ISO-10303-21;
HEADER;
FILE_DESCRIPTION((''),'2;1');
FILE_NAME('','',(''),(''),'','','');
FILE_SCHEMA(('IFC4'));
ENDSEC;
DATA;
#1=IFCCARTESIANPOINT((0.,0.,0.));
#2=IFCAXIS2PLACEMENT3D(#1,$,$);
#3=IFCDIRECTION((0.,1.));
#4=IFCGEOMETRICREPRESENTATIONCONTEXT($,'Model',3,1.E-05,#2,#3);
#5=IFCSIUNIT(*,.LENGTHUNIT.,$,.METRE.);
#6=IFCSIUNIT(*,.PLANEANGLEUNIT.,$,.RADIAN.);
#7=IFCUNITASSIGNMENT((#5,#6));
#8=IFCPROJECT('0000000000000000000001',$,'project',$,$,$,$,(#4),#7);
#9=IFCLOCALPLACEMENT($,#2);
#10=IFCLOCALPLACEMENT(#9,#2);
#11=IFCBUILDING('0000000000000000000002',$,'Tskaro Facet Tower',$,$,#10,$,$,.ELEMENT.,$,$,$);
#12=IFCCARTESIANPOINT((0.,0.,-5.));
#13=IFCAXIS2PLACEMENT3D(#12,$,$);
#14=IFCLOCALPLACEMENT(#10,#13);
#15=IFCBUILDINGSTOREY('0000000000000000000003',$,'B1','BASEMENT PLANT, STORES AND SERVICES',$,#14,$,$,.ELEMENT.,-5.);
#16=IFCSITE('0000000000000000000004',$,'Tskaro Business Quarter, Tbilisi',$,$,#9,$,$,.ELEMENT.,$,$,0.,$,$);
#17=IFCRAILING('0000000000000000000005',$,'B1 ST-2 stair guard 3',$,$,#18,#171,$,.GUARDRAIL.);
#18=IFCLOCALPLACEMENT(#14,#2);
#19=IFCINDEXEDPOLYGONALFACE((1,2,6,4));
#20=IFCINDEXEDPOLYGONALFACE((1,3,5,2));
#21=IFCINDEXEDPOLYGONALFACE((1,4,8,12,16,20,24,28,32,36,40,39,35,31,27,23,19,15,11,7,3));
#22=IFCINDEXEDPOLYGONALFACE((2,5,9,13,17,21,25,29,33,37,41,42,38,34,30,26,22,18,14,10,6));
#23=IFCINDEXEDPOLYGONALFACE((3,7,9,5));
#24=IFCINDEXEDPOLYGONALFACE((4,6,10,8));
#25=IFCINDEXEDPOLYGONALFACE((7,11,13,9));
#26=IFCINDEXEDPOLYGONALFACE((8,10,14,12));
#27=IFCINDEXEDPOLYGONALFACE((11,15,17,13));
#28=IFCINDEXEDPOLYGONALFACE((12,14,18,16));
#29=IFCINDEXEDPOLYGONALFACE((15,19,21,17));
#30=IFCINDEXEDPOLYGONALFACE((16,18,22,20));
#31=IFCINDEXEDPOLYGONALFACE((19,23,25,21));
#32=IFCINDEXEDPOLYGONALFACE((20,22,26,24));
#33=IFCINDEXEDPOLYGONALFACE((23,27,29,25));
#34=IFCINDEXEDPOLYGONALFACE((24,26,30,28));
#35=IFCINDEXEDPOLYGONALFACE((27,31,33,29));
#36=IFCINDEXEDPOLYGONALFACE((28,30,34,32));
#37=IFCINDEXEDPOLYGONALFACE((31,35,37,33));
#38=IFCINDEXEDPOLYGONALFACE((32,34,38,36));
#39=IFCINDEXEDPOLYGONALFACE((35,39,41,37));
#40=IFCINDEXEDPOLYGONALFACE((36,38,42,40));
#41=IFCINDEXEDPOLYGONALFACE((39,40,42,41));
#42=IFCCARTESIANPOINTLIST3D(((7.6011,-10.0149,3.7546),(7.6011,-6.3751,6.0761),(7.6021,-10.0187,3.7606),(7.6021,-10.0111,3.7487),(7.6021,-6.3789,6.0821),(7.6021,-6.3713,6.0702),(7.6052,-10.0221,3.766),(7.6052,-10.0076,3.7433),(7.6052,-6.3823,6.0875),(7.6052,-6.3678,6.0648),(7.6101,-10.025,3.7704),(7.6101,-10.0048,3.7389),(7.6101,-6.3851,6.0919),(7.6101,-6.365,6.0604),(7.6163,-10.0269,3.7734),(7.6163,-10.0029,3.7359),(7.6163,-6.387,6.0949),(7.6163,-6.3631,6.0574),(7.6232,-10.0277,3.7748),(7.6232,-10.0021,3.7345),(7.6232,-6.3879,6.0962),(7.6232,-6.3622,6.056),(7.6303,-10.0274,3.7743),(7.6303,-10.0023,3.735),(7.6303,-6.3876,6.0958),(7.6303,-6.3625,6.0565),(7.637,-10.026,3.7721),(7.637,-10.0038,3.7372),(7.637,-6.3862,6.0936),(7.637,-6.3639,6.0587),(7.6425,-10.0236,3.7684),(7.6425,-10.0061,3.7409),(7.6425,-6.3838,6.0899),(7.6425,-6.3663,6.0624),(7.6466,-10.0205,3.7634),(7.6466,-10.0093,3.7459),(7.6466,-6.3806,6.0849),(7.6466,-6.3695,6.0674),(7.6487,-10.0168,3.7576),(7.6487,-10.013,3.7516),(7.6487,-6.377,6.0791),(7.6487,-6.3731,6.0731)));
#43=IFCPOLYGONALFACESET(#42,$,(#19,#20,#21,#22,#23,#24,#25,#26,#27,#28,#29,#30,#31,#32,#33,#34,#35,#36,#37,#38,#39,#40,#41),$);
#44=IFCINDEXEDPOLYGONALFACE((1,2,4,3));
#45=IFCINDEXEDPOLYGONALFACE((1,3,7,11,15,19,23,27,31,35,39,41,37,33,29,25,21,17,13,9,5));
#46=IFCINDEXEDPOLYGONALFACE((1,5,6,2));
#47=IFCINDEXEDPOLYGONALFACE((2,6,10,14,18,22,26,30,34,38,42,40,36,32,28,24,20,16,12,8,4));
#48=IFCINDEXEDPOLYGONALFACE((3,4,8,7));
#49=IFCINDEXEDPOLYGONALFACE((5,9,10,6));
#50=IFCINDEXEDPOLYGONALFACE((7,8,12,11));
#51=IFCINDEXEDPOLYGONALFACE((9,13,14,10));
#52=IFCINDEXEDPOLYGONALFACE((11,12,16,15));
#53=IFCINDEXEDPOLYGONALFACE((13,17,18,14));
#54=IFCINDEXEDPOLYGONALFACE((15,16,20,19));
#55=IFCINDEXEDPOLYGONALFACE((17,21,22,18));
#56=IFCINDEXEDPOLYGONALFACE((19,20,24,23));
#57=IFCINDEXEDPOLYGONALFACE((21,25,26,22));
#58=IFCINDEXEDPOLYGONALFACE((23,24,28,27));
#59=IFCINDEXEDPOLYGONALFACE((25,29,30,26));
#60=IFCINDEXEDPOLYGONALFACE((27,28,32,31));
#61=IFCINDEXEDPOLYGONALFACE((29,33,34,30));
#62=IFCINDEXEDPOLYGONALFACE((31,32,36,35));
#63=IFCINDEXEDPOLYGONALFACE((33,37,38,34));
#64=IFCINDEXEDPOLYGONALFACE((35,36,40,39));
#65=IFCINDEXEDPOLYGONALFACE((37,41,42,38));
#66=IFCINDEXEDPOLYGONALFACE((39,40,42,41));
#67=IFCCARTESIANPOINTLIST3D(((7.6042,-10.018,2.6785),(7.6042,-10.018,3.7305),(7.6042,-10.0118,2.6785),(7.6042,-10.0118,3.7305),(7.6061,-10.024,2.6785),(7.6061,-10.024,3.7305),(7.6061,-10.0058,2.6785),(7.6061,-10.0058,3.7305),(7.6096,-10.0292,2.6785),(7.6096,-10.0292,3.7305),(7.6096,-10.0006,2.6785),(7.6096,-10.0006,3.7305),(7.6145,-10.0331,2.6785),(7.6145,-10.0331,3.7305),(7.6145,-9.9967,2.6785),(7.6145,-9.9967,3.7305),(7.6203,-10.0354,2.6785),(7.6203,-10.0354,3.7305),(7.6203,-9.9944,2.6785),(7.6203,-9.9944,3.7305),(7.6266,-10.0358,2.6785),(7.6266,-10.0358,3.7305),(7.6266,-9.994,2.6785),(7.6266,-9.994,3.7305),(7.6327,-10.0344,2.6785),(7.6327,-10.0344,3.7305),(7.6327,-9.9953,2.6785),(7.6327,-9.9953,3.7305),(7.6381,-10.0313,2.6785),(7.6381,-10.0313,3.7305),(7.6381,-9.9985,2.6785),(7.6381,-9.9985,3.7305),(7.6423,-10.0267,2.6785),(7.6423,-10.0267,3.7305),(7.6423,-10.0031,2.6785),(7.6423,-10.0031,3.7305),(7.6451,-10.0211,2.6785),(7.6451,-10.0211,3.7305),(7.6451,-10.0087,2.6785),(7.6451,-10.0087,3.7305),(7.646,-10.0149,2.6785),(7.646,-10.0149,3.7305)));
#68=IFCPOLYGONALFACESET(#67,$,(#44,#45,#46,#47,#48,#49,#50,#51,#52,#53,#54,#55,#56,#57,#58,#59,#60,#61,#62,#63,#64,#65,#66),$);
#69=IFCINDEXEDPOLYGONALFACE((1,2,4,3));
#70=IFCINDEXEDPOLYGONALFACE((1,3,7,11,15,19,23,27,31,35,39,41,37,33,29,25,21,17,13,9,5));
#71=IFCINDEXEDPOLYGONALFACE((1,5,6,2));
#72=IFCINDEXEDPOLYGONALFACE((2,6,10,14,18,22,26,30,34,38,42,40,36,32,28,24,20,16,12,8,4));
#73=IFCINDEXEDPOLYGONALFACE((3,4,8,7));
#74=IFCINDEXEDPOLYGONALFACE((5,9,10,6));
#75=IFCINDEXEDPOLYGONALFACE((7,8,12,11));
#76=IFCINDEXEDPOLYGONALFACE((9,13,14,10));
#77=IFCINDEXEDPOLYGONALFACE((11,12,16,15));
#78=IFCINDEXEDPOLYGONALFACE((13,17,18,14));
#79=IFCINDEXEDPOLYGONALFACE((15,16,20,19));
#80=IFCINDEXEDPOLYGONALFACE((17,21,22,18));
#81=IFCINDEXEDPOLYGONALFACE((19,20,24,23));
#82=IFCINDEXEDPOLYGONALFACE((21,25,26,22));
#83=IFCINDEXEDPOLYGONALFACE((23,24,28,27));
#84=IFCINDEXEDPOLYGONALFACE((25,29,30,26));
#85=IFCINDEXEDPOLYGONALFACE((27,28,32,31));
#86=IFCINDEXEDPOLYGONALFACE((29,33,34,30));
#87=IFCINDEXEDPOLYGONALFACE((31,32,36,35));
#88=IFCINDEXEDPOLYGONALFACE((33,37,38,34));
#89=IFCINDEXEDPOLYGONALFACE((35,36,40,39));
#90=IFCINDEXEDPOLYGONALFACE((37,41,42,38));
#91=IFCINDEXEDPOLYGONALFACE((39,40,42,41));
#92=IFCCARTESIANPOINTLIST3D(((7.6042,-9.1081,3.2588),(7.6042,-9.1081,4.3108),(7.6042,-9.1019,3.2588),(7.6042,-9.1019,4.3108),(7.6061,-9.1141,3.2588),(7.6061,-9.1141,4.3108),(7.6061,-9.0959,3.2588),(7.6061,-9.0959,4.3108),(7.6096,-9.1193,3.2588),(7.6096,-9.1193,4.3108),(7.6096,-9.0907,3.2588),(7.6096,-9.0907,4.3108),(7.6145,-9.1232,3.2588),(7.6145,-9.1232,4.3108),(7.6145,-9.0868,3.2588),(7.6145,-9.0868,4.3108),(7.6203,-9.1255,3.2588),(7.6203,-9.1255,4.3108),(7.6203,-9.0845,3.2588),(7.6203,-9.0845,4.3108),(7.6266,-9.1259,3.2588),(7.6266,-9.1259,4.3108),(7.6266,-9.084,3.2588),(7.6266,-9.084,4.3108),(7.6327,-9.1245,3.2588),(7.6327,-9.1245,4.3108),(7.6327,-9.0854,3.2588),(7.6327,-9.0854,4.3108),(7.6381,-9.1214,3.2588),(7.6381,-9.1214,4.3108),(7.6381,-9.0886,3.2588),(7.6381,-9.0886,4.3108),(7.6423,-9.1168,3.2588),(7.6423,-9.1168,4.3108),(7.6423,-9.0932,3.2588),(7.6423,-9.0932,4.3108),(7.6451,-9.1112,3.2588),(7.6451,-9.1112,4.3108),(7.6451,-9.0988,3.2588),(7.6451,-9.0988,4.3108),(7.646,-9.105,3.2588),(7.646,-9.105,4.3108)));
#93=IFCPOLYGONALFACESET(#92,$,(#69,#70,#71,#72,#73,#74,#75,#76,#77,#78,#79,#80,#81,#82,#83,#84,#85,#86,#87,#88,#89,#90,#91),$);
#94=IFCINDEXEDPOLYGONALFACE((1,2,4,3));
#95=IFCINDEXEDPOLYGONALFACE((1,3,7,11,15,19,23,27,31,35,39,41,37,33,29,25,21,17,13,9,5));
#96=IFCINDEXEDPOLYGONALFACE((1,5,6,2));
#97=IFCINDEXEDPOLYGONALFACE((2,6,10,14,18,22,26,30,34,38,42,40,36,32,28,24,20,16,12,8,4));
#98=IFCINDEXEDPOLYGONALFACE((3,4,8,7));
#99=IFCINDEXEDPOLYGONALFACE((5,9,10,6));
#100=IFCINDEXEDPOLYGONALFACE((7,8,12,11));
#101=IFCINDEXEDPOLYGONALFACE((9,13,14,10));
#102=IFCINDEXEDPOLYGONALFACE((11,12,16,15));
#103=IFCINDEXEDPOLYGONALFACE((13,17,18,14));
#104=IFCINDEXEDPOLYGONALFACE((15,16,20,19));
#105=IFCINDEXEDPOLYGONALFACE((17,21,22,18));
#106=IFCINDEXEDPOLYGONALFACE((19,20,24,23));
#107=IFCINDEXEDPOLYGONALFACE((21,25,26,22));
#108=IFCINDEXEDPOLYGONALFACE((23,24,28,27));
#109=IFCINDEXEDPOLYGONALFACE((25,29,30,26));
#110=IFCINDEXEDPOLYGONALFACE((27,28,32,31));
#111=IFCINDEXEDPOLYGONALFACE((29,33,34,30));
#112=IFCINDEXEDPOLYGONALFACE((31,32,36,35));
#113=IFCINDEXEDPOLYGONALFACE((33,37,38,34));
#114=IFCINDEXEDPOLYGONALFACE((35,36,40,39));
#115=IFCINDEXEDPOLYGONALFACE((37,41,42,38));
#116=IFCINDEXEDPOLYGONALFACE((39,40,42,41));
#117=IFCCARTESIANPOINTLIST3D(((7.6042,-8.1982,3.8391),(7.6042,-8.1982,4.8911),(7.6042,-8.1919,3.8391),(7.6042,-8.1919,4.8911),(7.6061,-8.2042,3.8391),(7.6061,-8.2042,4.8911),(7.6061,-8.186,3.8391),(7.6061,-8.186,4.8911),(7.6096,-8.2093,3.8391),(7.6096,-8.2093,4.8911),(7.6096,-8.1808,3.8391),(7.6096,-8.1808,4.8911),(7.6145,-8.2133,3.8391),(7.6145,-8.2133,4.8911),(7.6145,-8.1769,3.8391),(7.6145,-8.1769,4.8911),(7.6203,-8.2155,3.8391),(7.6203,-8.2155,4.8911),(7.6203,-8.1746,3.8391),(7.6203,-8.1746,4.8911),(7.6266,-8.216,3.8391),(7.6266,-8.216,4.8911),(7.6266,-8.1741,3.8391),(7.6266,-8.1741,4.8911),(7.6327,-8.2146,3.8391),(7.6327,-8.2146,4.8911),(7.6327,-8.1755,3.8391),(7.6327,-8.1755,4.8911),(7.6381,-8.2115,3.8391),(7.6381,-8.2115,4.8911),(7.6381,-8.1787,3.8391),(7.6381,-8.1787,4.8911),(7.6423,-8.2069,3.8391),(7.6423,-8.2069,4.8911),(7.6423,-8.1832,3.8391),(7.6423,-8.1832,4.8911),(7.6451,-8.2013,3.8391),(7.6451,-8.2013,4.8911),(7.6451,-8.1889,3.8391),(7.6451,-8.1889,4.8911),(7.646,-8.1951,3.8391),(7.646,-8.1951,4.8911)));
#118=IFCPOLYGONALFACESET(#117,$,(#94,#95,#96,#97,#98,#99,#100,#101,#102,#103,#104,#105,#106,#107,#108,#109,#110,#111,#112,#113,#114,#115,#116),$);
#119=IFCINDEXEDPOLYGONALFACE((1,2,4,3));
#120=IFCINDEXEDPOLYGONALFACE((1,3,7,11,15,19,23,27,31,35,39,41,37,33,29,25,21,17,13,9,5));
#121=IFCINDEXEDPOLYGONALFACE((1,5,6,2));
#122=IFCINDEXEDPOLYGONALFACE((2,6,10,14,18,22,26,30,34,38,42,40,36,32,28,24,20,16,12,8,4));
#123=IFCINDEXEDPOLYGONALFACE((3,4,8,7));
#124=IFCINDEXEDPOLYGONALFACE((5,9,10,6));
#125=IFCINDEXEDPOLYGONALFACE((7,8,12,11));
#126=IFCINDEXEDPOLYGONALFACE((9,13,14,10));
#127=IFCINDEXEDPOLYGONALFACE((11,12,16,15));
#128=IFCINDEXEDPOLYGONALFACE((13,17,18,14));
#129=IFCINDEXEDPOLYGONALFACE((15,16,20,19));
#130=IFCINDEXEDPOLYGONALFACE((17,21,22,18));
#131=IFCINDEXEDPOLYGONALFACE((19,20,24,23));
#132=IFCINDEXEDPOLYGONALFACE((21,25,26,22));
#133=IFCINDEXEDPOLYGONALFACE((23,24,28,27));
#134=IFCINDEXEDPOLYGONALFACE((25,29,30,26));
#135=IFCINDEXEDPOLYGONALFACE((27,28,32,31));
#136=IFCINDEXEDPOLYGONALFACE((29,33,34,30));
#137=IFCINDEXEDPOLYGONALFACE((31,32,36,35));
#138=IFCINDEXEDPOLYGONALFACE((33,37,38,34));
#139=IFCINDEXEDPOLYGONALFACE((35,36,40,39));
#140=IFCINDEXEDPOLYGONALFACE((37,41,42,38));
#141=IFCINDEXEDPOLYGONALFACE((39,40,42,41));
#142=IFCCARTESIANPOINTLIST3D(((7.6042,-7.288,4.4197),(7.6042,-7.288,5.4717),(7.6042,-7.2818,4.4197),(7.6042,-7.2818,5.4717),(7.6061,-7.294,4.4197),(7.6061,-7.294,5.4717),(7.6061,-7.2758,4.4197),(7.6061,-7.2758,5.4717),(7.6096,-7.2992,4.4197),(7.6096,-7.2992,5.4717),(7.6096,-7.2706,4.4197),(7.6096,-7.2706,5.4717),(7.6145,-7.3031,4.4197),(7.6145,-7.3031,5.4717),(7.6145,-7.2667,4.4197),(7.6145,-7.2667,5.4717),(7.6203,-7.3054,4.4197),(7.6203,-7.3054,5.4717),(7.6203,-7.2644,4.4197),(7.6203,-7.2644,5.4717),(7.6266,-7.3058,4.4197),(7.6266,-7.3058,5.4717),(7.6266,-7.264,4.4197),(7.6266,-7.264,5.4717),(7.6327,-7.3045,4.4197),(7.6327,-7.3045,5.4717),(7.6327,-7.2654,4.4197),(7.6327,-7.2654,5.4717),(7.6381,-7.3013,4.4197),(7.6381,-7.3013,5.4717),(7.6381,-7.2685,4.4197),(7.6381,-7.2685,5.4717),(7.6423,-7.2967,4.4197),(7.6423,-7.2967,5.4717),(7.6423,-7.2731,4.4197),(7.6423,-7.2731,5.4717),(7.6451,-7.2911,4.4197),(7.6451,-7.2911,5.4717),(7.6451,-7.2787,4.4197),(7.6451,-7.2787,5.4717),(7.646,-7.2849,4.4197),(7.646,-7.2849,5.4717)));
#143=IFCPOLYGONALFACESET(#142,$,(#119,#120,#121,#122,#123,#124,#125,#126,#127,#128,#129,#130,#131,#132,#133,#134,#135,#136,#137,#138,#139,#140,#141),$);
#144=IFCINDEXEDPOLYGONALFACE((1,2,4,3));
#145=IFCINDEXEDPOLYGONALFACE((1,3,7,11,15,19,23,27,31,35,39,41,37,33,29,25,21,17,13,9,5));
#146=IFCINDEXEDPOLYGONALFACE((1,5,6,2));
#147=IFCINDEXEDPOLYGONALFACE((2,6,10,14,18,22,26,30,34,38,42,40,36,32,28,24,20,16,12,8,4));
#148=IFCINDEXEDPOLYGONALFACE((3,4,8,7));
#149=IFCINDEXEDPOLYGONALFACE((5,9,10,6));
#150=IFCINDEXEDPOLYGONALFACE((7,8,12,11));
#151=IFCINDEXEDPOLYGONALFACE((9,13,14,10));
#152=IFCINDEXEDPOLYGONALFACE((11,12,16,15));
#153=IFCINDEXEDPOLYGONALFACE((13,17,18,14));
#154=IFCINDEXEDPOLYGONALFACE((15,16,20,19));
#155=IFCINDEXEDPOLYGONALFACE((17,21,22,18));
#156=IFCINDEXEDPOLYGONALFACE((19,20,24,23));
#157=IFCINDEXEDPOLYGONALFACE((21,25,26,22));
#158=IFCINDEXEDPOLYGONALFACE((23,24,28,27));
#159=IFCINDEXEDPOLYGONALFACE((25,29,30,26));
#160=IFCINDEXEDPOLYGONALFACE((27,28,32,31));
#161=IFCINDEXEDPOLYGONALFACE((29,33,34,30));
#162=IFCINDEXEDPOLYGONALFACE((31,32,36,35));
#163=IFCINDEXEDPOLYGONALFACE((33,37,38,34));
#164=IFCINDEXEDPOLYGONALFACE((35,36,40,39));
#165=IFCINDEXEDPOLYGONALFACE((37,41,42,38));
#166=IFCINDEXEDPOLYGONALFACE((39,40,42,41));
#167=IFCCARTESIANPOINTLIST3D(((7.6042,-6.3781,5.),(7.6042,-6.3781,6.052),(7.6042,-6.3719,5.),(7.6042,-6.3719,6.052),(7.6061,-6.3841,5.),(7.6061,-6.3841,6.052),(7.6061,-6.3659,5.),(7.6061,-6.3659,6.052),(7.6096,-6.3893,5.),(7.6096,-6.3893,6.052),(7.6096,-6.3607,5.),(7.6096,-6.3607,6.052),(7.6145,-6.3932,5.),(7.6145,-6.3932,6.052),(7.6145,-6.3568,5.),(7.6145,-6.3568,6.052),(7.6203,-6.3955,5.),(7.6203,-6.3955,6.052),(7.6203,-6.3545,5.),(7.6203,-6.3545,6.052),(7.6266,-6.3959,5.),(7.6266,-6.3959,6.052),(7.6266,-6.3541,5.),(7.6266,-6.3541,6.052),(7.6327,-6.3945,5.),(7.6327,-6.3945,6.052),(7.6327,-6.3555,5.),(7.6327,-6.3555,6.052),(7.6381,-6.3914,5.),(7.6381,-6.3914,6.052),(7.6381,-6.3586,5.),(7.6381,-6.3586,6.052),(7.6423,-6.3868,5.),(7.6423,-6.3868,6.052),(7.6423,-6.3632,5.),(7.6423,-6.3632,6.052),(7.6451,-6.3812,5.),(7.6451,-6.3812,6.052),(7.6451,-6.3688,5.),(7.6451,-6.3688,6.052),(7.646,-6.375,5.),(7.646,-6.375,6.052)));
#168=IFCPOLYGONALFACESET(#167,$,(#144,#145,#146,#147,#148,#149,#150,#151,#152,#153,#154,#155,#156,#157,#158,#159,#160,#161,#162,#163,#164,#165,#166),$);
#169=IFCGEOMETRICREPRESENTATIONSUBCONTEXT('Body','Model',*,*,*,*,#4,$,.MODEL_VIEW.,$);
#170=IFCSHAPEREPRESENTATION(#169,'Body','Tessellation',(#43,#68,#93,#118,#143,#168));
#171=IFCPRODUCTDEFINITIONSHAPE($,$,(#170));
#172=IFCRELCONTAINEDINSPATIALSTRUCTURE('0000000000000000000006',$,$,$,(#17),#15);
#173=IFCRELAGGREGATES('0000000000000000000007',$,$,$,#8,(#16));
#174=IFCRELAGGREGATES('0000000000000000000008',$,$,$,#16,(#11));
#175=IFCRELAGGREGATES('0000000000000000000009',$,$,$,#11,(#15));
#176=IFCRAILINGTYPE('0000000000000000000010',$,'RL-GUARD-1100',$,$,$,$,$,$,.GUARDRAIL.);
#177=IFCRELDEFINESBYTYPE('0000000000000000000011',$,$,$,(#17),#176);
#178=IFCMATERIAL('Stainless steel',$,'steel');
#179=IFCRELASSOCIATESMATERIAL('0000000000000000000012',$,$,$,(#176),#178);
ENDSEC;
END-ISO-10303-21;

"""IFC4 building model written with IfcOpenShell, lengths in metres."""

from ifc_helpers import new_model, si_unit, direction, frame, origin, origin_2d, place, context, subcontext, project, spatial, circle, extrude, material, type_object, element, save


model = new_model("IFC4")

# Units and contexts
model_context = context("Model", 3, precision=1e-05, world=origin(), true_north=direction((0.0, 1.0)))
body_context = subcontext(model_context, "Body", "Model", "MODEL_VIEW")
ifc_project = project(units=[si_unit("LENGTHUNIT", "METRE"), si_unit("PLANEANGLEUNIT", "RADIAN")], contexts=[model_context])

# Site, building, storey
site_placement = place(None, origin())
site = spatial("IfcSite", under=ifc_project, at=site_placement, Name="Tskaro Business Quarter, Tbilisi", CompositionType="ELEMENT", RefElevation=0.0)
building_placement = place(site_placement, origin())
building = spatial("IfcBuilding", under=site, at=building_placement, Name="Tskaro Facet Tower", CompositionType="ELEMENT")
storey_placement = place(building_placement, frame((0.0, 0.0, -5.0)))
storey = spatial("IfcBuildingStorey", under=building, at=storey_placement, Name="B1", Description="BASEMENT PLANT, STORES AND SERVICES", CompositionType="ELEMENT", Elevation=-5.0)

# Railing
ifc_material_1 = material(Name="Stainless steel", Category="steel")
railing_type_1 = type_object("IfcRailingType", Name="RL-GUARD-1100", PredefinedType="GUARDRAIL", material=ifc_material_1)
railing_1_placement = place(storey_placement, frame((7.625, -10.0149, 2.6785)))
element("IfcRailing", 1, at=railing_1_placement, inside=storey, type_object=railing_type_1, Name="B1 ST-2 stair guard 3", PredefinedType="GUARDRAIL", context=body_context, shape_type="SweptSolid", body=[
    extrude(circle(Radius=0.0239, at=origin_2d()), frame((0.0, 0.0, 1.0762), z_axis=(0.0, 0.843112, 0.537739), x_axis=(-1.0, 0.0, 0.0)), (0.0, 0.0, 1.0), 4.3171),
    extrude(circle(Radius=0.021, at=origin_2d()), origin(), (0.0, 0.0, 1.0), 1.052),
    extrude(circle(Radius=0.021, at=origin_2d()), frame((0.0, 0.9099, 0.5803)), (0.0, 0.0, 1.0), 1.052),
    extrude(circle(Radius=0.021, at=origin_2d()), frame((0.0, 1.8198, 1.1606)), (0.0, 0.0, 1.0), 1.052),
    extrude(circle(Radius=0.021, at=origin_2d()), frame((0.0, 2.73, 1.7412)), (0.0, 0.0, 1.0), 1.052),
    extrude(circle(Radius=0.021, at=origin_2d()), frame((0.0, 3.6399, 2.3215)), (0.0, 0.0, 1.0), 1.052),
])

save(model, "model.ifc")
